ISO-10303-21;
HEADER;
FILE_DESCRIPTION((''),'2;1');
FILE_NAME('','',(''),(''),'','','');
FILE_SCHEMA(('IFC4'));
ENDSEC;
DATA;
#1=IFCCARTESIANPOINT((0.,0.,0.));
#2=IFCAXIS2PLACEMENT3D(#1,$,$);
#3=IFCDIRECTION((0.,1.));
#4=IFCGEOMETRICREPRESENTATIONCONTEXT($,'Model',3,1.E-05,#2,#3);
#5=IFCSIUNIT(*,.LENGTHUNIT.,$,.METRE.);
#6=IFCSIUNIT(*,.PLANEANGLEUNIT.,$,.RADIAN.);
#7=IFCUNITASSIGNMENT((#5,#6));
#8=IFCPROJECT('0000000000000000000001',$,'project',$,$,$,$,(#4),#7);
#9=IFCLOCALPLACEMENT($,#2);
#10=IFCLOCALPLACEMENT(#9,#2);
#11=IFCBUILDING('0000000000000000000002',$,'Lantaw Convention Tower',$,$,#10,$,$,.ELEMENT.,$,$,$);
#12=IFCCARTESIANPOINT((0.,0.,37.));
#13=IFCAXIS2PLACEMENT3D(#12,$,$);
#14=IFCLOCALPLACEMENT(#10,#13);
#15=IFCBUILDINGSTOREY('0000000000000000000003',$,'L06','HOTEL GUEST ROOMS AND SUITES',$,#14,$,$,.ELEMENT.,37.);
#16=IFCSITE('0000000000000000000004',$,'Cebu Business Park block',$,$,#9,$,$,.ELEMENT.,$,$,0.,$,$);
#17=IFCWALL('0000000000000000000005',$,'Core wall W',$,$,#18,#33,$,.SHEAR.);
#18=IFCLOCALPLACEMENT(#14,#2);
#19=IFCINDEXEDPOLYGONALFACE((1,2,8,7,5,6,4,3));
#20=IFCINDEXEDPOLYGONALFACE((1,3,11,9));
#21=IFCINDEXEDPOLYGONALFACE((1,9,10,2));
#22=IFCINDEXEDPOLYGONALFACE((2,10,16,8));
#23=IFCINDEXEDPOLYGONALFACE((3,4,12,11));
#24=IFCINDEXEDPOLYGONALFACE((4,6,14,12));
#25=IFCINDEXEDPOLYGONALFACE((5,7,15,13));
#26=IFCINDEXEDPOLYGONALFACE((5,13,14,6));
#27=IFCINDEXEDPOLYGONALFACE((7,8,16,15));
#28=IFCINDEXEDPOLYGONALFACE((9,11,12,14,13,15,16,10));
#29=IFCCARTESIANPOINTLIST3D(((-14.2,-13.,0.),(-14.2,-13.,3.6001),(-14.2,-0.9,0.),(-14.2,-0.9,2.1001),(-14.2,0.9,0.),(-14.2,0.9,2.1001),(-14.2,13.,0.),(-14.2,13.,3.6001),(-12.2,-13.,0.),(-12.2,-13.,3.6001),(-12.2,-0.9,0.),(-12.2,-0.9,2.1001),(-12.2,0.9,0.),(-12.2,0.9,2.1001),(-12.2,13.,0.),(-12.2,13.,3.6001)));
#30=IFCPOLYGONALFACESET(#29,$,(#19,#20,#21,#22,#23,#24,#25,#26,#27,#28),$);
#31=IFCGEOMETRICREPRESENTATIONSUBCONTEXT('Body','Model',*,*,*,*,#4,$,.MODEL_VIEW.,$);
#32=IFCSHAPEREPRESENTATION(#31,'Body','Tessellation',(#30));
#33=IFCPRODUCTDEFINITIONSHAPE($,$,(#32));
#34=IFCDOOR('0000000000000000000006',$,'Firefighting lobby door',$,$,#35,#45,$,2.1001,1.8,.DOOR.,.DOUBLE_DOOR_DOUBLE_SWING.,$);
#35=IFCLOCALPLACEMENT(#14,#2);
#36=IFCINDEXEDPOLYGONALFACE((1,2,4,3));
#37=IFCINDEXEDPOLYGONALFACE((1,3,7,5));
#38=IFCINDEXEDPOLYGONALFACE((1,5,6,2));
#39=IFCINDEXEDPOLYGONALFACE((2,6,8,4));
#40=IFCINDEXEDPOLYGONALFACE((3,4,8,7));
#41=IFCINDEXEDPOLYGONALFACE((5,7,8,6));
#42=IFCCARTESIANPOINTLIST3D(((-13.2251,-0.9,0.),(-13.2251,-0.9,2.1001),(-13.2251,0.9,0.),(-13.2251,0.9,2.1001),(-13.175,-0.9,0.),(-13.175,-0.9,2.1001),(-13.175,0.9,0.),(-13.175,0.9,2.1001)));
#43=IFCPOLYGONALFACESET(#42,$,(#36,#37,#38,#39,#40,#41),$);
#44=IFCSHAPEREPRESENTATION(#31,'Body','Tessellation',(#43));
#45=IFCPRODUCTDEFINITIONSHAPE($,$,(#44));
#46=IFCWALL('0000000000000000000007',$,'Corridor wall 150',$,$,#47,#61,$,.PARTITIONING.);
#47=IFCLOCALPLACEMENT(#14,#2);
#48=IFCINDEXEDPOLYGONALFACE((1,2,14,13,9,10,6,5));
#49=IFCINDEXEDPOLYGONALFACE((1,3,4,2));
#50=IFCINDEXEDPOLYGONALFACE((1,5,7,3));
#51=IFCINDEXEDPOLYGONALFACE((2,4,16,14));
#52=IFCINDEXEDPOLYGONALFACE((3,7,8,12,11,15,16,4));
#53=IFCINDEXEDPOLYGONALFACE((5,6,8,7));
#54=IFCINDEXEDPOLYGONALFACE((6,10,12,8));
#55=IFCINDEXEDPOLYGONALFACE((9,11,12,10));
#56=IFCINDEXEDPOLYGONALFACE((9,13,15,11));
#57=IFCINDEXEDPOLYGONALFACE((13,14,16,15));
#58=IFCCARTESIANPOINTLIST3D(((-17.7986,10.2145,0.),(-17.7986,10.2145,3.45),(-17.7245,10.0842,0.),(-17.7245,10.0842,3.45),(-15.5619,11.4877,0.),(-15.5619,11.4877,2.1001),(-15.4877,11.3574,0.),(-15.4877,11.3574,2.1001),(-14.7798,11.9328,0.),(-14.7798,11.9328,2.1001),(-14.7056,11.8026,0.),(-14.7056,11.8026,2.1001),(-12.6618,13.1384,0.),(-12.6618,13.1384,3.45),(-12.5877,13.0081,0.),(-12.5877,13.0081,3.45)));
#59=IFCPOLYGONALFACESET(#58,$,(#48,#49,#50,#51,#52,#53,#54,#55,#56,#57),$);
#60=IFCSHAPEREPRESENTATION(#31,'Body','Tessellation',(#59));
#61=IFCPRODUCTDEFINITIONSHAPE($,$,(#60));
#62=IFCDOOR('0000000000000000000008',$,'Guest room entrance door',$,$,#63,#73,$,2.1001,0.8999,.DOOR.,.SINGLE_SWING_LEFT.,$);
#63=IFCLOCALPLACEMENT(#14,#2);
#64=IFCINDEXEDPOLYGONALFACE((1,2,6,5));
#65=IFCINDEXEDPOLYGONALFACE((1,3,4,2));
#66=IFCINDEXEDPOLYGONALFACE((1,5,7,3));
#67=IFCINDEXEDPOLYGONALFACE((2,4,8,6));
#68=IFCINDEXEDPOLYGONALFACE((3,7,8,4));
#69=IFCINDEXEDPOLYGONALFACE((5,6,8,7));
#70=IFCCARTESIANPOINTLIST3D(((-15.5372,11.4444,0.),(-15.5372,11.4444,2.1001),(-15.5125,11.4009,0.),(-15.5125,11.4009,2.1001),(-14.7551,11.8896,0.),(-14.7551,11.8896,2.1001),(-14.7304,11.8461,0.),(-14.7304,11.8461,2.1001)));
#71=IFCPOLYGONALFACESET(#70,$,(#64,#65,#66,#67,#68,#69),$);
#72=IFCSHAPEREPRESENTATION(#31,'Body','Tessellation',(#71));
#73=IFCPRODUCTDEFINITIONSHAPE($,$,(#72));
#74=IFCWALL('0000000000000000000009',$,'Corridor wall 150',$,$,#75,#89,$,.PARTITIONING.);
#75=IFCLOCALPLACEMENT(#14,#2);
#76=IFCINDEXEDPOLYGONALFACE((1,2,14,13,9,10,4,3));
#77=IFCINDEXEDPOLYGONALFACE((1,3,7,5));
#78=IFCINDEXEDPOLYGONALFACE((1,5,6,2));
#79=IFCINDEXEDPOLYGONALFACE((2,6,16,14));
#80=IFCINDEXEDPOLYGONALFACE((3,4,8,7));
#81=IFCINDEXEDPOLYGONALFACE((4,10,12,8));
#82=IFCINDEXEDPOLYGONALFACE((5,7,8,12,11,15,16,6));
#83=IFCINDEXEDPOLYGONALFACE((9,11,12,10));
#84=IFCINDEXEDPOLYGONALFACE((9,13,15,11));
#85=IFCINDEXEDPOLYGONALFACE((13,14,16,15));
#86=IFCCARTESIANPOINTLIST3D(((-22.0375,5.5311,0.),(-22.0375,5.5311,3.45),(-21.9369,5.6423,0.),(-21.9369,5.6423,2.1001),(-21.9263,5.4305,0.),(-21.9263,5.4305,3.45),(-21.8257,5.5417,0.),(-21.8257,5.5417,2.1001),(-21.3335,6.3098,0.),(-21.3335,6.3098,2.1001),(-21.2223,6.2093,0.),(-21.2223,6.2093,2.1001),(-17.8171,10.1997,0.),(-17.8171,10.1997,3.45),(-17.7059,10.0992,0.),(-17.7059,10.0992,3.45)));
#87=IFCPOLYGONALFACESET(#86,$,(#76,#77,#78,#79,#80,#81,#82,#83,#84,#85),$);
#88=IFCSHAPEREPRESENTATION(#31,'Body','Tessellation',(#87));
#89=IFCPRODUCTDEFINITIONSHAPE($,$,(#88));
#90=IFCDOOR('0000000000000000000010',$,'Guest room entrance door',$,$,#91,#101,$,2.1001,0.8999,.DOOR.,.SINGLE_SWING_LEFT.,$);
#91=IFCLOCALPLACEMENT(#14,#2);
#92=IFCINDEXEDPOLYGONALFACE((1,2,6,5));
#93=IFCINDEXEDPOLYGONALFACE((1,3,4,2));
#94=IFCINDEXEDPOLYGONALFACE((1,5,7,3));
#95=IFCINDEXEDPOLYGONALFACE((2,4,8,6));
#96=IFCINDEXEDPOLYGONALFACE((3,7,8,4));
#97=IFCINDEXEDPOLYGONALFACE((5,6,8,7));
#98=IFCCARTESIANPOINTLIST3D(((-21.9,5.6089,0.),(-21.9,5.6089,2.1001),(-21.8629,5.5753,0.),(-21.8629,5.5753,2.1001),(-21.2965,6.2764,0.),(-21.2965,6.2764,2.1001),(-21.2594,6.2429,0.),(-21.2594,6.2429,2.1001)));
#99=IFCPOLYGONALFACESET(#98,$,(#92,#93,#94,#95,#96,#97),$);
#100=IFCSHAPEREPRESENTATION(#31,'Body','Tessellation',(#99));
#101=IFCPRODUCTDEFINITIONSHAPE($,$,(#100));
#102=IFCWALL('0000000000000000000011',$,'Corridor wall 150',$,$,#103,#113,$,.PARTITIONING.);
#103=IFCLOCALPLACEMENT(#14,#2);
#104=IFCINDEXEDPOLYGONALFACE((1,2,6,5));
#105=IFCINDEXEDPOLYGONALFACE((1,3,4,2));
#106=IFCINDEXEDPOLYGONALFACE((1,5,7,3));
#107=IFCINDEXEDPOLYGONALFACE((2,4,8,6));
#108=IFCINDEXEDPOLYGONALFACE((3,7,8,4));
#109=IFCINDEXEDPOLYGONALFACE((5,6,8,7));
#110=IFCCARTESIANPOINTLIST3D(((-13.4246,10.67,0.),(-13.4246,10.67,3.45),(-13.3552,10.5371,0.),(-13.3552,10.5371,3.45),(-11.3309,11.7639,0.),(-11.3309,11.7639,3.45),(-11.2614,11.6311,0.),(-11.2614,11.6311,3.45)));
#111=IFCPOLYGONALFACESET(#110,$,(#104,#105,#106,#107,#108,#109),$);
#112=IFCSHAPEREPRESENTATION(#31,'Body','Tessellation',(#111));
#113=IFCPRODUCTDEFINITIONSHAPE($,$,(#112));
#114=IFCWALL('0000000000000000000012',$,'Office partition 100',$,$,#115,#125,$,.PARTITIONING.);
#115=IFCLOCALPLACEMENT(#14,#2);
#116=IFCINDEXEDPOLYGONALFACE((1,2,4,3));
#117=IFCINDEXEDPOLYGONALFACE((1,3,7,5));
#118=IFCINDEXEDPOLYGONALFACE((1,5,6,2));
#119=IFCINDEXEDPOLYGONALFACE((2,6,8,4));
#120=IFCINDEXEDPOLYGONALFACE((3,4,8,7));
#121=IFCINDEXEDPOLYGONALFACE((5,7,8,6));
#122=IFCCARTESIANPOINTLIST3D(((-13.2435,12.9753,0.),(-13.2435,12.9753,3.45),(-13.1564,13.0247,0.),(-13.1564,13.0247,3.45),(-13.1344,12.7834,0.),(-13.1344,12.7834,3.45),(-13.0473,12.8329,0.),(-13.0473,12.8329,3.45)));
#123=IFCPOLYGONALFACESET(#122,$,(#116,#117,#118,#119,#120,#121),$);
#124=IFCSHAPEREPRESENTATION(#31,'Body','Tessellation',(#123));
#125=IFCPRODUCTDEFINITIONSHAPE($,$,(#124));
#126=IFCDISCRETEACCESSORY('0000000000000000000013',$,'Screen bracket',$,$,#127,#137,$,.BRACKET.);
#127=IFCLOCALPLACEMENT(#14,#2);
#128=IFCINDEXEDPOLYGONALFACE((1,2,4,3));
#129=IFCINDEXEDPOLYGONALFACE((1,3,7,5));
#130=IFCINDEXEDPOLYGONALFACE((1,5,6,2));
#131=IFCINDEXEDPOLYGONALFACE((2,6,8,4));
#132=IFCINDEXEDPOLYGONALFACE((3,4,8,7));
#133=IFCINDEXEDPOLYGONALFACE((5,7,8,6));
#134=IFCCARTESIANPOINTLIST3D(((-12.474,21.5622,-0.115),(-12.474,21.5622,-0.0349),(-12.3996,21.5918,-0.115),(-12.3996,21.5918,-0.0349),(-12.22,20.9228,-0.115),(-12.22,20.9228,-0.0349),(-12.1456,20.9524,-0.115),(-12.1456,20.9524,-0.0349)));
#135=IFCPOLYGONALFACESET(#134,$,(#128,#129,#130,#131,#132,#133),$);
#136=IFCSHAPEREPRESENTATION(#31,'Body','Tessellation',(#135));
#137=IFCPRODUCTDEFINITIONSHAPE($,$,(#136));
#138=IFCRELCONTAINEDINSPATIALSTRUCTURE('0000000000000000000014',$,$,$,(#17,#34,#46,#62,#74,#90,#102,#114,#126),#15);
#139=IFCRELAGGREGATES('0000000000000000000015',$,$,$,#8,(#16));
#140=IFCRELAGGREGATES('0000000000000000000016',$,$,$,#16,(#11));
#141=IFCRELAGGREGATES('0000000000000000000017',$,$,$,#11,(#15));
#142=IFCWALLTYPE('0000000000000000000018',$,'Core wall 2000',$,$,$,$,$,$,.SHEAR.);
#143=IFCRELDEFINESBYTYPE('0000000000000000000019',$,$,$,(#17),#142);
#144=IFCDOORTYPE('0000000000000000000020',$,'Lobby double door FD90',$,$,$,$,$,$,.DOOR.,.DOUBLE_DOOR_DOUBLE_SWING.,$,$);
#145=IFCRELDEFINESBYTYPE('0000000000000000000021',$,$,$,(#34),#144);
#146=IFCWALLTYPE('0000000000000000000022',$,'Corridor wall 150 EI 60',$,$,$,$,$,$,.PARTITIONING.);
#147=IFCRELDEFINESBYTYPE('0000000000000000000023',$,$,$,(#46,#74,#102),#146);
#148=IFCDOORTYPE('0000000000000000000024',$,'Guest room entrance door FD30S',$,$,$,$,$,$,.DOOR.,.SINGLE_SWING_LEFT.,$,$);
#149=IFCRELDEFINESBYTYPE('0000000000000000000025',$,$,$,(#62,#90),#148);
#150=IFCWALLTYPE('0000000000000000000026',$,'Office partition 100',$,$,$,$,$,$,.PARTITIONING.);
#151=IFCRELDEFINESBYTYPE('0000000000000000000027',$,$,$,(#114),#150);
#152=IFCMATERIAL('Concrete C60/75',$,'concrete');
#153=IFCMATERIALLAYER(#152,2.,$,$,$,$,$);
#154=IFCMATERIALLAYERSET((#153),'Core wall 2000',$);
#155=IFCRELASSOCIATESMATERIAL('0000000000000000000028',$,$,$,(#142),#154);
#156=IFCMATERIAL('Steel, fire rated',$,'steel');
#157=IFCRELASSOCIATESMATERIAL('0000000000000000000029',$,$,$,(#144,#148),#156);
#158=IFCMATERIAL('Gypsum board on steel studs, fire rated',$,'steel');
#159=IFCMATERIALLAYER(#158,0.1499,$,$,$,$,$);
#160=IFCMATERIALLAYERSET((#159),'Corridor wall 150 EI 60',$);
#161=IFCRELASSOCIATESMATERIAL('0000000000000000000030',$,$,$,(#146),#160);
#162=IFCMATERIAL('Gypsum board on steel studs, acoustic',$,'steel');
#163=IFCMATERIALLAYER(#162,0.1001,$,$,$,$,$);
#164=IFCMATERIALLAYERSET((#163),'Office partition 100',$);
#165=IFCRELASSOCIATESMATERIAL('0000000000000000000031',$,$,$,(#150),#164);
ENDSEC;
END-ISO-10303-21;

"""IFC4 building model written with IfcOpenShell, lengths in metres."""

from ifc_helpers import new_model, si_unit, direction, frame, frame_2d, origin, origin_2d, place, context, subcontext, project, spatial, rectangle, extrude, material, layer, layer_set, type_object, element, fill, save


model = new_model("IFC4")

# Units and contexts
model_context = context("Model", 3, precision=1e-05, world=origin(), true_north=direction((0.0, 1.0)))
body_context = subcontext(model_context, "Body", "Model", "MODEL_VIEW")
ifc_project = project(units=[si_unit("LENGTHUNIT", "METRE"), si_unit("PLANEANGLEUNIT", "RADIAN")], contexts=[model_context])

# Site, building, storey
site_placement = place(None, origin())
site = spatial("IfcSite", under=ifc_project, at=site_placement, Name="Cebu Business Park block", CompositionType="ELEMENT", RefElevation=0.0)
building_placement = place(site_placement, origin())
building = spatial("IfcBuilding", under=site, at=building_placement, Name="Lantaw Convention Tower", CompositionType="ELEMENT")
storey_placement = place(building_placement, frame((0.0, 0.0, 37.0)))
storey = spatial("IfcBuildingStorey", under=building, at=storey_placement, Name="L06", Description="HOTEL GUEST ROOMS AND SUITES", CompositionType="ELEMENT", Elevation=37.0)

# Shared definitions
ifc_material_1 = material(Name="Concrete C60/75", Category="concrete")

# Walls, openings, doors
ifc_layer_1 = layer(ifc_material_1, 2.0)
ifc_layer_set_1 = layer_set([ifc_layer_1], Name="Core wall 2000")
wall_type_1 = type_object("IfcWallType", Name="Core wall 2000", PredefinedType="SHEAR", material=ifc_layer_set_1)
wall_1_placement = place(storey_placement, frame((-13.2, 13.0, 0.0), z_axis=(0.0, 0.0, 1.0), x_axis=(0.0, -1.0, 0.0)))
wall_1 = element("IfcWall", 1, at=wall_1_placement, inside=storey, type_object=wall_type_1, Name="Core wall W", PredefinedType="SHEAR", context=body_context, shape_type="SweptSolid", body=[
    extrude(rectangle(XDim=26.0, YDim=2.0, at=frame_2d((13.0, 0.0))), origin(), (0.0, 0.0, 1.0), 3.6001),
])
opening_1_placement = place(wall_1_placement, frame((12.1001, 0.0, 0.0)))
opening_1 = element("IfcOpeningElement", 2, at=opening_1_placement, cuts=wall_1, PredefinedType="OPENING", context=body_context, shape_type="SweptSolid", body=[
    extrude(rectangle(XDim=1.8, YDim=2.1001, at=frame_2d((0.8999, 1.05))), frame((0.0, 1.01, 0.0), z_axis=(0.0, -1.0, 0.0), x_axis=(1.0, 0.0, 0.0)), (0.0, 0.0, 1.0), 2.02),
])
ifc_material_2 = material(Name="Steel, fire rated", Category="steel")
door_type_1 = type_object("IfcDoorType", Name="Lobby double door FD90", OperationType="DOUBLE_DOOR_DOUBLE_SWING", PredefinedType="DOOR", material=ifc_material_2)
door_1_placement = place(opening_1_placement, origin())
door_1 = element("IfcDoor", 3, at=door_1_placement, inside=storey, type_object=door_type_1, Name="Firefighting lobby door", OperationType="DOUBLE_DOOR_DOUBLE_SWING", OverallHeight=2.1001, OverallWidth=1.8, PredefinedType="DOOR", context=body_context, shape_type="SweptSolid", body=[
    extrude(rectangle(XDim=1.8, YDim=2.1001, at=frame_2d((0.8999, 1.05))), frame((0.0, 0.0249, 0.0), z_axis=(0.0, -1.0, 0.0), x_axis=(1.0, 0.0, 0.0)), (0.0, 0.0, 1.0), 0.05),
])
fill(opening_1, door_1)
ifc_material_3 = material(Name="Gypsum board on steel studs, fire rated", Category="steel")
ifc_layer_2 = layer(ifc_material_3, 0.1499)
ifc_layer_set_2 = layer_set([ifc_layer_2], Name="Corridor wall 150 EI 60")
wall_type_2 = type_object("IfcWallType", Name="Corridor wall 150 EI 60", PredefinedType="PARTITIONING", material=ifc_layer_set_2)
wall_2_placement = place(storey_placement, frame((-12.6248, 13.0732, 0.0), z_axis=(0.0, 0.0, 1.0), x_axis=(-0.869076, -0.494679, 0.0)))
wall_2 = element("IfcWall", 4, at=wall_2_placement, inside=storey, type_object=wall_type_2, Name="Corridor wall 150", PredefinedType="PARTITIONING", context=body_context, shape_type="SweptSolid", body=[
    extrude(rectangle(XDim=5.9106, YDim=0.1499, at=frame_2d((2.9553, 0.0))), origin(), (0.0, 0.0, 1.0), 3.45),
])
opening_2_placement = place(wall_2_placement, frame((2.437, 0.0, 0.0)))
opening_2 = element("IfcOpeningElement", 5, at=opening_2_placement, cuts=wall_2, PredefinedType="OPENING", context=body_context, shape_type="SweptSolid", body=[
    extrude(rectangle(XDim=0.8999, YDim=2.1001, at=frame_2d((0.45, 1.05))), frame((0.0, 0.085, 0.0), z_axis=(0.0, -1.0, 0.0), x_axis=(1.0, 0.0, 0.0)), (0.0, 0.0, 1.0), 0.1699),
])
door_type_2 = type_object("IfcDoorType", Name="Guest room entrance door FD30S", OperationType="SINGLE_SWING_LEFT", PredefinedType="DOOR", material=ifc_material_2)
door_2_placement = place(opening_2_placement, origin())
door_2 = element("IfcDoor", 6, at=door_2_placement, inside=storey, type_object=door_type_2, Name="Guest room entrance door", OperationType="SINGLE_SWING_LEFT", OverallHeight=2.1001, OverallWidth=0.8999, PredefinedType="DOOR", context=body_context, shape_type="SweptSolid", body=[
    extrude(rectangle(XDim=0.8999, YDim=2.1001, at=frame_2d((0.45, 1.05))), frame((0.0, 0.0249, 0.0), z_axis=(0.0, -1.0, 0.0), x_axis=(1.0, 0.0, 0.0)), (0.0, 0.0, 1.0), 0.05),
])
fill(opening_2, door_2)
wall_3_placement = place(storey_placement, frame((-17.7615, 10.1494, 0.0), z_axis=(0.0, 0.0, 1.0), x_axis=(-0.670598, -0.741821, 0.0)))
wall_3 = element("IfcWall", 7, at=wall_3_placement, inside=storey, type_object=wall_type_2, Name="Corridor wall 150", PredefinedType="PARTITIONING", context=body_context, shape_type="SweptSolid", body=[
    extrude(rectangle(XDim=6.2935, YDim=0.1499, at=frame_2d((3.1467, 0.0))), origin(), (0.0, 0.0, 1.0), 3.45),
])
opening_3_placement = place(wall_3_placement, frame((5.2437, 0.0, 0.0)))
opening_3 = element("IfcOpeningElement", 8, at=opening_3_placement, cuts=wall_3, PredefinedType="OPENING", context=body_context, shape_type="SweptSolid", body=[
    extrude(rectangle(XDim=0.8999, YDim=2.1001, at=frame_2d((0.45, 1.05))), frame((0.0, 0.085, 0.0), z_axis=(0.0, -1.0, 0.0), x_axis=(1.0, 0.0, 0.0)), (0.0, 0.0, 1.0), 0.1699),
])
door_3_placement = place(opening_3_placement, origin())
door_3 = element("IfcDoor", 9, at=door_3_placement, inside=storey, type_object=door_type_2, Name="Guest room entrance door", OperationType="SINGLE_SWING_LEFT", OverallHeight=2.1001, OverallWidth=0.8999, PredefinedType="DOOR", context=body_context, shape_type="SweptSolid", body=[
    extrude(rectangle(XDim=0.8999, YDim=2.1001, at=frame_2d((0.45, 1.05))), frame((0.0, 0.0249, 0.0), z_axis=(0.0, -1.0, 0.0), x_axis=(1.0, 0.0, 0.0)), (0.0, 0.0, 1.0), 0.05),
])
fill(opening_3, door_3)

# Walls
wall_4_placement = place(storey_placement, frame((-11.2961, 11.6975, 0.0), z_axis=(0.0, 0.0, 1.0), x_axis=(-0.886306, -0.463099, 0.0)))
element("IfcWall", 10, at=wall_4_placement, inside=storey, type_object=wall_type_2, Name="Corridor wall 150", PredefinedType="PARTITIONING", context=body_context, shape_type="SweptSolid", body=[
    extrude(rectangle(XDim=2.3623, YDim=0.1499, at=frame_2d((1.1812, 0.0))), origin(), (0.0, 0.0, 1.0), 3.45),
])
ifc_material_4 = material(Name="Gypsum board on steel studs, acoustic", Category="steel")
ifc_layer_3 = layer(ifc_material_4, 0.1001)
ifc_layer_set_3 = layer_set([ifc_layer_3], Name="Office partition 100")
wall_type_3 = type_object("IfcWallType", Name="Office partition 100", PredefinedType="PARTITIONING", material=ifc_layer_set_3)
wall_5_placement = place(storey_placement, frame((-13.2, 13.0, 0.0), z_axis=(0.0, 0.0, 1.0), x_axis=(0.494351, -0.869262, 0.0)))
element("IfcWall", 11, at=wall_5_placement, inside=storey, type_object=wall_type_3, Name="Office partition 100", PredefinedType="PARTITIONING", context=body_context, shape_type="SweptSolid", body=[
    extrude(rectangle(XDim=0.2207, YDim=0.1001, at=frame_2d((0.1104, 0.0))), origin(), (0.0, 0.0, 1.0), 3.45),
])

# Discrete accessory
discrete_accessory_placement = place(storey_placement, frame((-12.3098, 21.2573, -0.115), z_axis=(0.0, 0.0, 1.0), x_axis=(-0.929361, -0.369172, 0.0)))
element("IfcDiscreteAccessory", 12, at=discrete_accessory_placement, inside=storey, Name="Screen bracket", PredefinedType="BRACKET", context=body_context, shape_type="SweptSolid", body=[
    extrude(rectangle(XDim=0.0801, YDim=0.688, at=origin_2d()), origin(), (0.0, 0.0, 1.0), 0.0801),
])

save(model, "model.ifc")
